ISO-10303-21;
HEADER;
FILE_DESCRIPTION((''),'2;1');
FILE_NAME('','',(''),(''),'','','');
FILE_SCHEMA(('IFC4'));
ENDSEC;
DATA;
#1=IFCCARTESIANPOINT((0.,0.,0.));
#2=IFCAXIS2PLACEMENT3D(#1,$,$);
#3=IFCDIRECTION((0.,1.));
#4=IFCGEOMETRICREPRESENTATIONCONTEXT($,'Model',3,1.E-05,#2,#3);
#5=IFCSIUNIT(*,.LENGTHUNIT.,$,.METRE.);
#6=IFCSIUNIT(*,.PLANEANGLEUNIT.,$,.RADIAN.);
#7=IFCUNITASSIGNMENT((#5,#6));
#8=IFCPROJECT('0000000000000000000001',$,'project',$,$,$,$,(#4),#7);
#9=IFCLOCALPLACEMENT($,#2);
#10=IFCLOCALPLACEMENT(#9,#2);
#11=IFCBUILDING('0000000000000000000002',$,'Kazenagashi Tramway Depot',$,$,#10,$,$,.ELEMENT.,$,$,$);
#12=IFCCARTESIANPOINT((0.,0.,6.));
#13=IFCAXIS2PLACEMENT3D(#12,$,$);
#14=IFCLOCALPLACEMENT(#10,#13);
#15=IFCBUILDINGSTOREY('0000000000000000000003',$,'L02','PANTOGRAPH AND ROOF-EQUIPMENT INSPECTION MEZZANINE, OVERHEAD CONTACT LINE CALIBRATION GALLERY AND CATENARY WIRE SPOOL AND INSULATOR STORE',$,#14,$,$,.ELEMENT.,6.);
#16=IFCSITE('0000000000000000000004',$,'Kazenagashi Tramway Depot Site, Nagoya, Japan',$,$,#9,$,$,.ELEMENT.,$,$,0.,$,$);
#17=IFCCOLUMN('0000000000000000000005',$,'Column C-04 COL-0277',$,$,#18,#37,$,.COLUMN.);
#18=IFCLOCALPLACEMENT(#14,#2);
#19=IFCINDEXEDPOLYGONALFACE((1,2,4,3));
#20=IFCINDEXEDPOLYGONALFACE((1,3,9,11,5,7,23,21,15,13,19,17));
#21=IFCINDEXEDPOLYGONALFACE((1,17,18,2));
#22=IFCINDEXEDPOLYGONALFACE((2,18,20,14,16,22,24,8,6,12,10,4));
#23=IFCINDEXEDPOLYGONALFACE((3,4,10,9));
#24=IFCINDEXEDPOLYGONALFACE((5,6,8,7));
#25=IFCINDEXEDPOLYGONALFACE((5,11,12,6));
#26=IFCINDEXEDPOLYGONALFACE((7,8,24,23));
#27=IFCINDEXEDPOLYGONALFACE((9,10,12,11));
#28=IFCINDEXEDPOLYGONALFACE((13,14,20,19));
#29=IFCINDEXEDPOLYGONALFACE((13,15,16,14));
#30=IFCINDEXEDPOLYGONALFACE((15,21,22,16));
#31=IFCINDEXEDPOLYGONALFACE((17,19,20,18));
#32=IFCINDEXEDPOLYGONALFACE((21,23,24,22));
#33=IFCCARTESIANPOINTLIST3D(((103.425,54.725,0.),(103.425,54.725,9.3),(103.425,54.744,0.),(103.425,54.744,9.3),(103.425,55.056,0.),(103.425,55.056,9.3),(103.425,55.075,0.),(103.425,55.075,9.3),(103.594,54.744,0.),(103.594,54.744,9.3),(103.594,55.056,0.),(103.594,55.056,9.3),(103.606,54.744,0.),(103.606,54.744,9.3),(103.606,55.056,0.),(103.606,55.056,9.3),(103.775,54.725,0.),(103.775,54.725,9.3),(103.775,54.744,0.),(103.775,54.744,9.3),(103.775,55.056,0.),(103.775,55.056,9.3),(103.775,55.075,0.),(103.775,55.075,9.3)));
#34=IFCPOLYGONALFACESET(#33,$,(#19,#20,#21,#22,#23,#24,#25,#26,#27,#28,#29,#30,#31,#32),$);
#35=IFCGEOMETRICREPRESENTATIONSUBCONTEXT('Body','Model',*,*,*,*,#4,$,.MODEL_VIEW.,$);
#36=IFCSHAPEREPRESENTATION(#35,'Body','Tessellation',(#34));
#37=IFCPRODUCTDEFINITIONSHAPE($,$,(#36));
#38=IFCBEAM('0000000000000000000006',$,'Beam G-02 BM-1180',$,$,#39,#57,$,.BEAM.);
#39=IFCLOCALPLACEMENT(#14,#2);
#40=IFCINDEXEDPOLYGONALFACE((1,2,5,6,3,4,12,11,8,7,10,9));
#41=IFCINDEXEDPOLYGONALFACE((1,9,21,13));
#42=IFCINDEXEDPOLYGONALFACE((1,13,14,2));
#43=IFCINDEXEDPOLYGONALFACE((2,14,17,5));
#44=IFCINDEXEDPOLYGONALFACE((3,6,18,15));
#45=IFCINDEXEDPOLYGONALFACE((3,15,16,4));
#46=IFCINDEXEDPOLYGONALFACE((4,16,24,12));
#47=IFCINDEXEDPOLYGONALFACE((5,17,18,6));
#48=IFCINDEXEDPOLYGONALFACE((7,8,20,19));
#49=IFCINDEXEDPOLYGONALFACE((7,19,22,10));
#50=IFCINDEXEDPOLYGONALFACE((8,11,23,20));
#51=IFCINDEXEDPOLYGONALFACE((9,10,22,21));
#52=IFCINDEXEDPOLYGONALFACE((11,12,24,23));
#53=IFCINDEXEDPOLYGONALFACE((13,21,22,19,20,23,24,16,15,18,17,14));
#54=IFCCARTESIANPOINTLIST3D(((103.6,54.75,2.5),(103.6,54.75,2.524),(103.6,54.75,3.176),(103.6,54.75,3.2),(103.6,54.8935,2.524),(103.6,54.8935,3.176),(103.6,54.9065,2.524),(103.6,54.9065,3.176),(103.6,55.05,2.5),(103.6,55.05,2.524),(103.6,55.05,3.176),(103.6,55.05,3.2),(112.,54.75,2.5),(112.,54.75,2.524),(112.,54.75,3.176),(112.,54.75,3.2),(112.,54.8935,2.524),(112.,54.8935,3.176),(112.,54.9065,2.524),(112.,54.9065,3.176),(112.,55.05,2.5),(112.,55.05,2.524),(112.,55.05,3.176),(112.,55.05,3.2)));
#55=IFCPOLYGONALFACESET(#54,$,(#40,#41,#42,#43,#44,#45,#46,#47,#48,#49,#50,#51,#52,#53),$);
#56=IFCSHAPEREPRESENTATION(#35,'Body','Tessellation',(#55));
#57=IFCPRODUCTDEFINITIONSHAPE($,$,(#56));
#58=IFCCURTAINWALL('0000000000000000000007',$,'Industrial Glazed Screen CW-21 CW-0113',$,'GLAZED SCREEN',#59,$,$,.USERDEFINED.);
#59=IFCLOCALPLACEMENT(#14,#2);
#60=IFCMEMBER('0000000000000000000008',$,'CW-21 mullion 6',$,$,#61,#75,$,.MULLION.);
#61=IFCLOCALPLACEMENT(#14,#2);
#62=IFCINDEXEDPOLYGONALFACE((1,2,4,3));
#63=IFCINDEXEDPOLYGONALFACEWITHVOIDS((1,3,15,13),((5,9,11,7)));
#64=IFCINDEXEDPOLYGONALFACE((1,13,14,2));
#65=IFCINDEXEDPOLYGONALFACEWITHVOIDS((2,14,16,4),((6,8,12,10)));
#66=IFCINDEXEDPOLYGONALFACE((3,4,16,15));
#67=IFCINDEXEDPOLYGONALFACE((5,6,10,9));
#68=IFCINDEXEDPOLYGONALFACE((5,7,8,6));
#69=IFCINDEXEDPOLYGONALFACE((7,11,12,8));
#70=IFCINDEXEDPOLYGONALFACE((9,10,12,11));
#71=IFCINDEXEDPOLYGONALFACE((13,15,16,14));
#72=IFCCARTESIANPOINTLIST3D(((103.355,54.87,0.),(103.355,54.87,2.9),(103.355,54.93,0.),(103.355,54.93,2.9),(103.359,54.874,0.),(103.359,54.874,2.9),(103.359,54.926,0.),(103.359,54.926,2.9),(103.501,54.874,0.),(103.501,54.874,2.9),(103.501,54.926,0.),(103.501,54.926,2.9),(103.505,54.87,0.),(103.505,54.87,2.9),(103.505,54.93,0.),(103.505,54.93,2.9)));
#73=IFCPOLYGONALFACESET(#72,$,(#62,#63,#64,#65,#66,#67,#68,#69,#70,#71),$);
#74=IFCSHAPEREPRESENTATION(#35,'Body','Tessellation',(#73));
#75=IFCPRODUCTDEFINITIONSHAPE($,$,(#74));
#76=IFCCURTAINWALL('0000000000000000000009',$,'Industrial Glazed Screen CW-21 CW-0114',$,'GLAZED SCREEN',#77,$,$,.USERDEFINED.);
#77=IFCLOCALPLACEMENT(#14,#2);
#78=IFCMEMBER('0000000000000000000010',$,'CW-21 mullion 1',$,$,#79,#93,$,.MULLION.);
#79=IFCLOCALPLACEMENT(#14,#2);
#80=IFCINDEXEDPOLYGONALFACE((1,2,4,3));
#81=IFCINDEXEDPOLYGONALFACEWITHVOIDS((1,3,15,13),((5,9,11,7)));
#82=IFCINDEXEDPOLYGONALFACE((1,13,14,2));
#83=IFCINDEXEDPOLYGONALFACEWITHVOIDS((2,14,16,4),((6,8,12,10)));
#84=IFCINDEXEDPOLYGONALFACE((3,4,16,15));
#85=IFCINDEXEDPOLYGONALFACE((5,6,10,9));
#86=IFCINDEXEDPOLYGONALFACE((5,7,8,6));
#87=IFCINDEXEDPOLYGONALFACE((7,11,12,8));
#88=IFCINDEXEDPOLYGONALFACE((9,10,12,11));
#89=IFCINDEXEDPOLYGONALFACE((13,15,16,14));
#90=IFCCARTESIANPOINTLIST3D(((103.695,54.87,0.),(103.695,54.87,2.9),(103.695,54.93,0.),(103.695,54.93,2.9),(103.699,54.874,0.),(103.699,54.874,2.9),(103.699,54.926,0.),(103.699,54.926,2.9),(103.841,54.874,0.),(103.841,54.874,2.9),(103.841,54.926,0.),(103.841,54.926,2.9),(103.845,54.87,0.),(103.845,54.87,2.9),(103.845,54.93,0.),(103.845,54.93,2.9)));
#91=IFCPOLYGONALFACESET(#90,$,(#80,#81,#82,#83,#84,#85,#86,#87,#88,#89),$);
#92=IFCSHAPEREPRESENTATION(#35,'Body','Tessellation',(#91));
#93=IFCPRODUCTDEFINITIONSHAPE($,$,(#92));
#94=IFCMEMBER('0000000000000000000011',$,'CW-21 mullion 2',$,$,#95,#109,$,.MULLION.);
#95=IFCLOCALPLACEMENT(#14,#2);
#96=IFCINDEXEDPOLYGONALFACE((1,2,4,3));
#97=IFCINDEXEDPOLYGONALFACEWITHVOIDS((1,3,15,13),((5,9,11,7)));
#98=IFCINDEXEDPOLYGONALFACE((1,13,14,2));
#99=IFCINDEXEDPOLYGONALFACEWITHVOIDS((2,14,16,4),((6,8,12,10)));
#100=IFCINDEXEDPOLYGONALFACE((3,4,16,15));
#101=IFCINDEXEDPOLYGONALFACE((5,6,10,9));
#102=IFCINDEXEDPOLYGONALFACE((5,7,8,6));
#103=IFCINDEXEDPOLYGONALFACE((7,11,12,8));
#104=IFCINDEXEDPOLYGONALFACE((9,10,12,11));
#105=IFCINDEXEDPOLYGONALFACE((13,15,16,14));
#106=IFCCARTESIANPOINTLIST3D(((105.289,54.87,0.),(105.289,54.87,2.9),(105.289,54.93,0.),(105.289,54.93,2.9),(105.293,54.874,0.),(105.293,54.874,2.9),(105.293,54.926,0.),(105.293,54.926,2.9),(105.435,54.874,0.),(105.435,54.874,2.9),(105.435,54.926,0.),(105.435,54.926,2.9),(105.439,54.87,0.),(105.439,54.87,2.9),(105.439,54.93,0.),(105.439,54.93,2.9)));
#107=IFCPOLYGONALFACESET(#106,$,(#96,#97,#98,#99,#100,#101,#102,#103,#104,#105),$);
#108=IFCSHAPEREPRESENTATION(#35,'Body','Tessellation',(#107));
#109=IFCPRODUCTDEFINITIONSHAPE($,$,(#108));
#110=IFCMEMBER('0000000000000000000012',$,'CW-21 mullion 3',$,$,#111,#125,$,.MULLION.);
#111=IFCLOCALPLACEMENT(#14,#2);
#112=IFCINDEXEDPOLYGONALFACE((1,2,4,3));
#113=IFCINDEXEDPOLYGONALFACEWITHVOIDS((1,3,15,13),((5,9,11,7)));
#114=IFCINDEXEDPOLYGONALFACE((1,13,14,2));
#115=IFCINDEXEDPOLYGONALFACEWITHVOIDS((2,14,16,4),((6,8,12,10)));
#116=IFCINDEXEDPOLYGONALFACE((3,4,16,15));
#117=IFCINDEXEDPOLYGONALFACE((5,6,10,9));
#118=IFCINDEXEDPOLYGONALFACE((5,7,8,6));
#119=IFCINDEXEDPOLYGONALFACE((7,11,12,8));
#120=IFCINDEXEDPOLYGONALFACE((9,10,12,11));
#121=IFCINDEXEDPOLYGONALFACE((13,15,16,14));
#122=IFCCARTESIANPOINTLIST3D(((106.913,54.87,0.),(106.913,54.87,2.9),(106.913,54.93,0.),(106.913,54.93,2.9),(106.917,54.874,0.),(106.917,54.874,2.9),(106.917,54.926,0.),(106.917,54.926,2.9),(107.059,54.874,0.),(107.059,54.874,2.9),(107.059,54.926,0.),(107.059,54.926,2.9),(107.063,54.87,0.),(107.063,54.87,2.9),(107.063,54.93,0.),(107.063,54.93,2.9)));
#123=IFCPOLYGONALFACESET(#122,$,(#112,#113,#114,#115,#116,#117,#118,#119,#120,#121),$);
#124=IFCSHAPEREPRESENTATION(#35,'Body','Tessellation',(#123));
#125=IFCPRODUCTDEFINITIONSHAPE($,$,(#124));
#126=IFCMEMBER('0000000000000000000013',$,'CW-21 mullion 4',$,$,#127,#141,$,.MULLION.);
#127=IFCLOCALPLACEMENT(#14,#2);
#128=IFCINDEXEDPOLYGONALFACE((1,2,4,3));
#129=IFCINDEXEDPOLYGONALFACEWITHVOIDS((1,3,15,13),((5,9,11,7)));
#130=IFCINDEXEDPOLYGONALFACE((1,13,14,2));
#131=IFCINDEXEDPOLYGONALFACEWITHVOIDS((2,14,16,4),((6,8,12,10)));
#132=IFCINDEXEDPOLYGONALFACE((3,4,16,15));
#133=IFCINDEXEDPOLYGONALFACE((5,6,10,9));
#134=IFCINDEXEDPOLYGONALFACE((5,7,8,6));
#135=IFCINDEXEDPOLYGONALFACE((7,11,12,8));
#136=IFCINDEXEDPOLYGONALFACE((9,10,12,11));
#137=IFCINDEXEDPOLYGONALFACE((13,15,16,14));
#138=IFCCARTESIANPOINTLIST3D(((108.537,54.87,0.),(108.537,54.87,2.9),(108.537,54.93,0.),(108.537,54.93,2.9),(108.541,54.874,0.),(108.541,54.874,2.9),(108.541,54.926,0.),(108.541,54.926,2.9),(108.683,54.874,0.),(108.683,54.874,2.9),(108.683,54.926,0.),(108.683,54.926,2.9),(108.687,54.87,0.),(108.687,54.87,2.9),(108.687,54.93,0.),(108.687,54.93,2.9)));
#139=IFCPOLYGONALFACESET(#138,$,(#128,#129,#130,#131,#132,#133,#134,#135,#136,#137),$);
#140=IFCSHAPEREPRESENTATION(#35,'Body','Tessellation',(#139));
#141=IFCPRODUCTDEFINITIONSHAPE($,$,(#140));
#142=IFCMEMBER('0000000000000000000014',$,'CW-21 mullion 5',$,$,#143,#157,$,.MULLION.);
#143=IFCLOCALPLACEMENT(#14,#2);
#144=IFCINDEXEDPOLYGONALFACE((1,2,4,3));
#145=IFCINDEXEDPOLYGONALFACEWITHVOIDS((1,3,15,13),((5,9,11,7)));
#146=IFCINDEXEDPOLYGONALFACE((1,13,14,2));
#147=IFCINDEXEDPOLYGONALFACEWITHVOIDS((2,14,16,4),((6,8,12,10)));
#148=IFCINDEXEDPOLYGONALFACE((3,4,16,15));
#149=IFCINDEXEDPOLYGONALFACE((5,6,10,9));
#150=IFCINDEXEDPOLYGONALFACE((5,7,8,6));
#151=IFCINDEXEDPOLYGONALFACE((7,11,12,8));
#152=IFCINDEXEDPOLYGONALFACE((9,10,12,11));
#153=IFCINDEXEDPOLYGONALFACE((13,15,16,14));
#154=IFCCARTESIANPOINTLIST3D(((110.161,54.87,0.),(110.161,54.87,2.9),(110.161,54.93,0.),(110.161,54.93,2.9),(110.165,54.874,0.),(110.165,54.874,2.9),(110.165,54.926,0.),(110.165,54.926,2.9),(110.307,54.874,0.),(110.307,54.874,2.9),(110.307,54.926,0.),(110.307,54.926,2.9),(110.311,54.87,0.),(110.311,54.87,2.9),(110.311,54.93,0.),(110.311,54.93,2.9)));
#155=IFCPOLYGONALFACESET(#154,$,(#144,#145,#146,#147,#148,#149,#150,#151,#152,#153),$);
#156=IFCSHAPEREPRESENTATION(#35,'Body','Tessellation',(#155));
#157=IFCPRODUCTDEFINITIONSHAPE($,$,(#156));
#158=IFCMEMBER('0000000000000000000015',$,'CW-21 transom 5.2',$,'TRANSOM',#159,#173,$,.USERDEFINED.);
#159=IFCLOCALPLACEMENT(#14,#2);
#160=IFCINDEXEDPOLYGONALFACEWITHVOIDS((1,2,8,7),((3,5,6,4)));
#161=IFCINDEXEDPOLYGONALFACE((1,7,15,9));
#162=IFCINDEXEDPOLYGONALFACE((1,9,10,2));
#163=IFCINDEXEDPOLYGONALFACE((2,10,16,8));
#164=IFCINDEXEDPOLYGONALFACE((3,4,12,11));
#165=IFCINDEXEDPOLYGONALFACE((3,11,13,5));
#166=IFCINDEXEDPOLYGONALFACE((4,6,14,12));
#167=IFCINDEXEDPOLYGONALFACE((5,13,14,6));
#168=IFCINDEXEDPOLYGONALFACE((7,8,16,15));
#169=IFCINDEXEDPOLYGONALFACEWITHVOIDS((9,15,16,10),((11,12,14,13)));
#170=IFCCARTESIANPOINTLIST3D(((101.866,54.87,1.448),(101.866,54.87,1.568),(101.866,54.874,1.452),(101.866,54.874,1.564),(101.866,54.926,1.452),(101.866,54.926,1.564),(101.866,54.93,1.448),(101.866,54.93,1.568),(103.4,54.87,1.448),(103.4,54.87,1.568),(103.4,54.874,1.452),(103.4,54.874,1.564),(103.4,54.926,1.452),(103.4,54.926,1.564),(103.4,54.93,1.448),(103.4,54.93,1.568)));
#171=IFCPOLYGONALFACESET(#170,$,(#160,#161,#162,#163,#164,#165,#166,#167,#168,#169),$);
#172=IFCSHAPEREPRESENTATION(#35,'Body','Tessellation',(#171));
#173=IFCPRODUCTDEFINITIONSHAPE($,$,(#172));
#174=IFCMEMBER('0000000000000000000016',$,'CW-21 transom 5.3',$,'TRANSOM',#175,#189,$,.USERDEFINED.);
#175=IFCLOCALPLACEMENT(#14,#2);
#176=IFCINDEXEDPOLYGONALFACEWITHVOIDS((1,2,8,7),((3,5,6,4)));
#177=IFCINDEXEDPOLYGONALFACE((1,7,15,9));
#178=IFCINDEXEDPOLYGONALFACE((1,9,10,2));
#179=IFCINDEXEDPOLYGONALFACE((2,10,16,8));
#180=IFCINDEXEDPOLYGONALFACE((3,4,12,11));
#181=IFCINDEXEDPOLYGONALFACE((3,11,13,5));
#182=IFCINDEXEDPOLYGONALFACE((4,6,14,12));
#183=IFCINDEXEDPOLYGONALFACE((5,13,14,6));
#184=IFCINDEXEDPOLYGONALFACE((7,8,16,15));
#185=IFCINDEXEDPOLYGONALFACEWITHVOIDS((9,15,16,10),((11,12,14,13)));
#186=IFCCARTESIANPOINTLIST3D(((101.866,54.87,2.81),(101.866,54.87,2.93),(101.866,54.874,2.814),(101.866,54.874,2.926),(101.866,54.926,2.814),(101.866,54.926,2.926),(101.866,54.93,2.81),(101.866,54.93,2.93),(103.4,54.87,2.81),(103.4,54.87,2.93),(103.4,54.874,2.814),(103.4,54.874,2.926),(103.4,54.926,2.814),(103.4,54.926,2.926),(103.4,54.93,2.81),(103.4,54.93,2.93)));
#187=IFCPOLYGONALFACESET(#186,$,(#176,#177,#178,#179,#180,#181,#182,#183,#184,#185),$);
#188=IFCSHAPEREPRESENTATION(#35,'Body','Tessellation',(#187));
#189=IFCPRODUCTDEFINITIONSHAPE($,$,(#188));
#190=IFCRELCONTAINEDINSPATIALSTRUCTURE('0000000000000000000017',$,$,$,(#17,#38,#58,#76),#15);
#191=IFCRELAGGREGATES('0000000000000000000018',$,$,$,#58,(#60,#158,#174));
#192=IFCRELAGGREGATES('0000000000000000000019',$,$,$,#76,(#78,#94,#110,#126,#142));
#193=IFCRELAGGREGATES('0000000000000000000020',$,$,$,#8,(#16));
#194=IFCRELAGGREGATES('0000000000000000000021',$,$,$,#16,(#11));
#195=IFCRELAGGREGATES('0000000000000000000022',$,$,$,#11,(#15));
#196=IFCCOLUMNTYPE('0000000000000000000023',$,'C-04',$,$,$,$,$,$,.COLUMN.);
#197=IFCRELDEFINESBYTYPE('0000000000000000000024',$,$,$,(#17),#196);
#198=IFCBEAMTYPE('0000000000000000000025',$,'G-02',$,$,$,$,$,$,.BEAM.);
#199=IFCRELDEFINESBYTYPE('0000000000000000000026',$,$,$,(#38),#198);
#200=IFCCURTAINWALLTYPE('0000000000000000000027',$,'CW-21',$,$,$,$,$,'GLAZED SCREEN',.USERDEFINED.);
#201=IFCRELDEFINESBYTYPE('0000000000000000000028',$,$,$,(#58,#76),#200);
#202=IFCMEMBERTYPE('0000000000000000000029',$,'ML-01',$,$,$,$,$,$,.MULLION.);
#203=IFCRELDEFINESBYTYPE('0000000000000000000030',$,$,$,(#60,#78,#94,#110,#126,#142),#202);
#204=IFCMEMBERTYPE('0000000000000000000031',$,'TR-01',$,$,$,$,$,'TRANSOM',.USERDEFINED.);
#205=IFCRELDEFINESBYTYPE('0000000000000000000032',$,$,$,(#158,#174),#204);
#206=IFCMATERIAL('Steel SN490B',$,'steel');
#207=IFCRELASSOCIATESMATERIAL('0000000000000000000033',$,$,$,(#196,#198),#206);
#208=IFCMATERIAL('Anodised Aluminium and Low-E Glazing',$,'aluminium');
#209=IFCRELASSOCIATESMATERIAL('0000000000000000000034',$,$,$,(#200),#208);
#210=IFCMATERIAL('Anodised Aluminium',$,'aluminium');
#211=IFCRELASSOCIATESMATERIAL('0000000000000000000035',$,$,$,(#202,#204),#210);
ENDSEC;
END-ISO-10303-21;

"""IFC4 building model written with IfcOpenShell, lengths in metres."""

from ifc_helpers import new_model, si_unit, direction, frame, origin, origin_2d, place, context, subcontext, project, spatial, hollow_rectangle, i_section, extrude, material, material_profile, profile_set, type_object, element, aggregate, save


model = new_model("IFC4")

# Units and contexts
model_context = context("Model", 3, precision=1e-05, world=origin(), true_north=direction((0.0, 1.0)))
body_context = subcontext(model_context, "Body", "Model", "MODEL_VIEW")
ifc_project = project(units=[si_unit("LENGTHUNIT", "METRE"), si_unit("PLANEANGLEUNIT", "RADIAN")], contexts=[model_context])

# Site, building, storey
site_placement = place(None, origin())
site = spatial("IfcSite", under=ifc_project, at=site_placement, Name="Kazenagashi Tramway Depot Site, Nagoya, Japan", CompositionType="ELEMENT", RefElevation=0.0)
building_placement = place(site_placement, origin())
building = spatial("IfcBuilding", under=site, at=building_placement, Name="Kazenagashi Tramway Depot", CompositionType="ELEMENT")
storey_placement = place(building_placement, frame((0.0, 0.0, 6.0)))
storey = spatial("IfcBuildingStorey", under=building, at=storey_placement, Name="L02", Description="PANTOGRAPH AND ROOF-EQUIPMENT INSPECTION MEZZANINE, OVERHEAD CONTACT LINE CALIBRATION GALLERY AND CATENARY WIRE SPOOL AND INSULATOR STORE", CompositionType="ELEMENT", Elevation=6.0)

# Column
ifc_material_1 = material(Name="Steel SN490B", Category="steel")
ifc_material_profile_1 = material_profile(ifc_material_1, i_section(OverallWidth=0.35, OverallDepth=0.35, WebThickness=0.012, FlangeThickness=0.019, at=origin_2d()), Name="H-350x350x12x19")
ifc_profile_set_1 = profile_set([ifc_material_profile_1], Name="Steel SN490B")
column_type = type_object("IfcColumnType", Name="C-04", PredefinedType="COLUMN", material=ifc_profile_set_1)
column_placement = place(storey_placement, frame((103.6, 54.9, 0.0), z_axis=(0.0, 0.0, 1.0), x_axis=(1.0, 0.0, 0.0)))
element("IfcColumn", 1, at=column_placement, inside=storey, type_object=column_type, Name="Column C-04 COL-0277", PredefinedType="COLUMN", context=body_context, shape_type="SweptSolid", body=[
    extrude(i_section(OverallWidth=0.35, OverallDepth=0.35, WebThickness=0.012, FlangeThickness=0.019, at=origin_2d()), origin(), (0.0, 0.0, 1.0), 9.3),
])

# Beam
ifc_material_profile_2 = material_profile(ifc_material_1, i_section(OverallWidth=0.3, OverallDepth=0.7, WebThickness=0.013, FlangeThickness=0.024, at=origin_2d()), Name="H-700x300x13x24")
ifc_profile_set_2 = profile_set([ifc_material_profile_2], Name="Steel SN490B")
beam_type = type_object("IfcBeamType", Name="G-02", PredefinedType="BEAM", material=ifc_profile_set_2)
beam_placement = place(storey_placement, frame((103.6, 54.9, 2.85), z_axis=(1.0, 0.0, 0.0), x_axis=(0.0, 1.0, 0.0)))
element("IfcBeam", 2, at=beam_placement, inside=storey, type_object=beam_type, Name="Beam G-02 BM-1180", PredefinedType="BEAM", context=body_context, shape_type="SweptSolid", body=[
    extrude(i_section(OverallWidth=0.3, OverallDepth=0.7, WebThickness=0.013, FlangeThickness=0.024, at=origin_2d()), origin(), (0.0, 0.0, 1.0), 8.4),
])

# Curtain wall, member
ifc_material_2 = material(Name="Anodised Aluminium and Low-E Glazing", Category="aluminium")
curtain_wall_type = type_object("IfcCurtainWallType", Name="CW-21", ElementType="GLAZED SCREEN", PredefinedType="USERDEFINED", material=ifc_material_2)
curtain_wall_1_placement = place(storey_placement, origin())
curtain_wall_1 = element("IfcCurtainWall", 3, at=curtain_wall_1_placement, inside=storey, type_object=curtain_wall_type, Name="Industrial Glazed Screen CW-21 CW-0113", ObjectType="GLAZED SCREEN", PredefinedType="USERDEFINED")
ifc_material_3 = material(Name="Anodised Aluminium", Category="aluminium")
ifc_material_profile_3 = material_profile(ifc_material_3, hollow_rectangle(XDim=0.06, YDim=0.15, WallThickness=0.004, at=origin_2d()), Name="RHS-150x60x4")
ifc_profile_set_3 = profile_set([ifc_material_profile_3], Name="Anodised Aluminium")
member_type_1 = type_object("IfcMemberType", Name="ML-01", PredefinedType="MULLION", material=ifc_profile_set_3)
member_1_placement = place(storey_placement, frame((103.43, 54.9, 0.0), z_axis=(0.0, 0.0, 1.0), x_axis=(0.0, 1.0, 0.0)))
member_1 = element("IfcMember", 4, at=member_1_placement, type_object=member_type_1, Name="CW-21 mullion 6", PredefinedType="MULLION", context=body_context, shape_type="SweptSolid", body=[
    extrude(hollow_rectangle(XDim=0.06, YDim=0.15, WallThickness=0.004, at=origin_2d()), origin(), (0.0, 0.0, 1.0), 2.9),
])

# Curtain wall, members
curtain_wall_2_placement = place(storey_placement, origin())
curtain_wall_2 = element("IfcCurtainWall", 5, at=curtain_wall_2_placement, inside=storey, type_object=curtain_wall_type, Name="Industrial Glazed Screen CW-21 CW-0114", ObjectType="GLAZED SCREEN", PredefinedType="USERDEFINED")
member_2_placement = place(storey_placement, frame((103.77, 54.9, 0.0), z_axis=(0.0, 0.0, 1.0), x_axis=(0.0, 1.0, 0.0)))
member_2 = element("IfcMember", 6, at=member_2_placement, type_object=member_type_1, Name="CW-21 mullion 1", PredefinedType="MULLION", context=body_context, shape_type="SweptSolid", body=[
    extrude(hollow_rectangle(XDim=0.06, YDim=0.15, WallThickness=0.004, at=origin_2d()), origin(), (0.0, 0.0, 1.0), 2.9),
])
member_3_placement = place(storey_placement, frame((105.364, 54.9, 0.0), z_axis=(0.0, 0.0, 1.0), x_axis=(0.0, 1.0, 0.0)))
member_3 = element("IfcMember", 7, at=member_3_placement, type_object=member_type_1, Name="CW-21 mullion 2", PredefinedType="MULLION", context=body_context, shape_type="SweptSolid", body=[
    extrude(hollow_rectangle(XDim=0.06, YDim=0.15, WallThickness=0.004, at=origin_2d()), origin(), (0.0, 0.0, 1.0), 2.9),
])
member_4_placement = place(storey_placement, frame((106.988, 54.9, 0.0), z_axis=(0.0, 0.0, 1.0), x_axis=(0.0, 1.0, 0.0)))
member_4 = element("IfcMember", 8, at=member_4_placement, type_object=member_type_1, Name="CW-21 mullion 3", PredefinedType="MULLION", context=body_context, shape_type="SweptSolid", body=[
    extrude(hollow_rectangle(XDim=0.06, YDim=0.15, WallThickness=0.004, at=origin_2d()), origin(), (0.0, 0.0, 1.0), 2.9),
])
member_5_placement = place(storey_placement, frame((108.612, 54.9, 0.0), z_axis=(0.0, 0.0, 1.0), x_axis=(0.0, 1.0, 0.0)))
member_5 = element("IfcMember", 9, at=member_5_placement, type_object=member_type_1, Name="CW-21 mullion 4", PredefinedType="MULLION", context=body_context, shape_type="SweptSolid", body=[
    extrude(hollow_rectangle(XDim=0.06, YDim=0.15, WallThickness=0.004, at=origin_2d()), origin(), (0.0, 0.0, 1.0), 2.9),
])
member_6_placement = place(storey_placement, frame((110.236, 54.9, 0.0), z_axis=(0.0, 0.0, 1.0), x_axis=(0.0, 1.0, 0.0)))
member_6 = element("IfcMember", 10, at=member_6_placement, type_object=member_type_1, Name="CW-21 mullion 5", PredefinedType="MULLION", context=body_context, shape_type="SweptSolid", body=[
    extrude(hollow_rectangle(XDim=0.06, YDim=0.15, WallThickness=0.004, at=origin_2d()), origin(), (0.0, 0.0, 1.0), 2.9),
])

# Members
ifc_material_profile_4 = material_profile(ifc_material_3, hollow_rectangle(XDim=0.06, YDim=0.12, WallThickness=0.004, at=origin_2d()), Name="RHS-120x60x4")
ifc_profile_set_4 = profile_set([ifc_material_profile_4], Name="Anodised Aluminium")
member_type_2 = type_object("IfcMemberType", Name="TR-01", ElementType="TRANSOM", PredefinedType="USERDEFINED", material=ifc_profile_set_4)
member_7_placement = place(storey_placement, frame((101.866, 54.9, 1.508), z_axis=(1.0, 0.0, 0.0), x_axis=(0.0, 1.0, 0.0)))
member_7 = element("IfcMember", 11, at=member_7_placement, type_object=member_type_2, Name="CW-21 transom 5.2", ObjectType="TRANSOM", PredefinedType="USERDEFINED", context=body_context, shape_type="SweptSolid", body=[
    extrude(hollow_rectangle(XDim=0.06, YDim=0.12, WallThickness=0.004, at=origin_2d()), origin(), (0.0, 0.0, 1.0), 1.534),
])
member_8_placement = place(storey_placement, frame((101.866, 54.9, 2.87), z_axis=(1.0, 0.0, 0.0), x_axis=(0.0, 1.0, 0.0)))
member_8 = element("IfcMember", 12, at=member_8_placement, type_object=member_type_2, Name="CW-21 transom 5.3", ObjectType="TRANSOM", PredefinedType="USERDEFINED", context=body_context, shape_type="SweptSolid", body=[
    extrude(hollow_rectangle(XDim=0.06, YDim=0.12, WallThickness=0.004, at=origin_2d()), origin(), (0.0, 0.0, 1.0), 1.534),
])

aggregate(curtain_wall_1, [member_1, member_7, member_8])
aggregate(curtain_wall_2, [member_2, member_3, member_4, member_5, member_6])

save(model, "model.ifc")
